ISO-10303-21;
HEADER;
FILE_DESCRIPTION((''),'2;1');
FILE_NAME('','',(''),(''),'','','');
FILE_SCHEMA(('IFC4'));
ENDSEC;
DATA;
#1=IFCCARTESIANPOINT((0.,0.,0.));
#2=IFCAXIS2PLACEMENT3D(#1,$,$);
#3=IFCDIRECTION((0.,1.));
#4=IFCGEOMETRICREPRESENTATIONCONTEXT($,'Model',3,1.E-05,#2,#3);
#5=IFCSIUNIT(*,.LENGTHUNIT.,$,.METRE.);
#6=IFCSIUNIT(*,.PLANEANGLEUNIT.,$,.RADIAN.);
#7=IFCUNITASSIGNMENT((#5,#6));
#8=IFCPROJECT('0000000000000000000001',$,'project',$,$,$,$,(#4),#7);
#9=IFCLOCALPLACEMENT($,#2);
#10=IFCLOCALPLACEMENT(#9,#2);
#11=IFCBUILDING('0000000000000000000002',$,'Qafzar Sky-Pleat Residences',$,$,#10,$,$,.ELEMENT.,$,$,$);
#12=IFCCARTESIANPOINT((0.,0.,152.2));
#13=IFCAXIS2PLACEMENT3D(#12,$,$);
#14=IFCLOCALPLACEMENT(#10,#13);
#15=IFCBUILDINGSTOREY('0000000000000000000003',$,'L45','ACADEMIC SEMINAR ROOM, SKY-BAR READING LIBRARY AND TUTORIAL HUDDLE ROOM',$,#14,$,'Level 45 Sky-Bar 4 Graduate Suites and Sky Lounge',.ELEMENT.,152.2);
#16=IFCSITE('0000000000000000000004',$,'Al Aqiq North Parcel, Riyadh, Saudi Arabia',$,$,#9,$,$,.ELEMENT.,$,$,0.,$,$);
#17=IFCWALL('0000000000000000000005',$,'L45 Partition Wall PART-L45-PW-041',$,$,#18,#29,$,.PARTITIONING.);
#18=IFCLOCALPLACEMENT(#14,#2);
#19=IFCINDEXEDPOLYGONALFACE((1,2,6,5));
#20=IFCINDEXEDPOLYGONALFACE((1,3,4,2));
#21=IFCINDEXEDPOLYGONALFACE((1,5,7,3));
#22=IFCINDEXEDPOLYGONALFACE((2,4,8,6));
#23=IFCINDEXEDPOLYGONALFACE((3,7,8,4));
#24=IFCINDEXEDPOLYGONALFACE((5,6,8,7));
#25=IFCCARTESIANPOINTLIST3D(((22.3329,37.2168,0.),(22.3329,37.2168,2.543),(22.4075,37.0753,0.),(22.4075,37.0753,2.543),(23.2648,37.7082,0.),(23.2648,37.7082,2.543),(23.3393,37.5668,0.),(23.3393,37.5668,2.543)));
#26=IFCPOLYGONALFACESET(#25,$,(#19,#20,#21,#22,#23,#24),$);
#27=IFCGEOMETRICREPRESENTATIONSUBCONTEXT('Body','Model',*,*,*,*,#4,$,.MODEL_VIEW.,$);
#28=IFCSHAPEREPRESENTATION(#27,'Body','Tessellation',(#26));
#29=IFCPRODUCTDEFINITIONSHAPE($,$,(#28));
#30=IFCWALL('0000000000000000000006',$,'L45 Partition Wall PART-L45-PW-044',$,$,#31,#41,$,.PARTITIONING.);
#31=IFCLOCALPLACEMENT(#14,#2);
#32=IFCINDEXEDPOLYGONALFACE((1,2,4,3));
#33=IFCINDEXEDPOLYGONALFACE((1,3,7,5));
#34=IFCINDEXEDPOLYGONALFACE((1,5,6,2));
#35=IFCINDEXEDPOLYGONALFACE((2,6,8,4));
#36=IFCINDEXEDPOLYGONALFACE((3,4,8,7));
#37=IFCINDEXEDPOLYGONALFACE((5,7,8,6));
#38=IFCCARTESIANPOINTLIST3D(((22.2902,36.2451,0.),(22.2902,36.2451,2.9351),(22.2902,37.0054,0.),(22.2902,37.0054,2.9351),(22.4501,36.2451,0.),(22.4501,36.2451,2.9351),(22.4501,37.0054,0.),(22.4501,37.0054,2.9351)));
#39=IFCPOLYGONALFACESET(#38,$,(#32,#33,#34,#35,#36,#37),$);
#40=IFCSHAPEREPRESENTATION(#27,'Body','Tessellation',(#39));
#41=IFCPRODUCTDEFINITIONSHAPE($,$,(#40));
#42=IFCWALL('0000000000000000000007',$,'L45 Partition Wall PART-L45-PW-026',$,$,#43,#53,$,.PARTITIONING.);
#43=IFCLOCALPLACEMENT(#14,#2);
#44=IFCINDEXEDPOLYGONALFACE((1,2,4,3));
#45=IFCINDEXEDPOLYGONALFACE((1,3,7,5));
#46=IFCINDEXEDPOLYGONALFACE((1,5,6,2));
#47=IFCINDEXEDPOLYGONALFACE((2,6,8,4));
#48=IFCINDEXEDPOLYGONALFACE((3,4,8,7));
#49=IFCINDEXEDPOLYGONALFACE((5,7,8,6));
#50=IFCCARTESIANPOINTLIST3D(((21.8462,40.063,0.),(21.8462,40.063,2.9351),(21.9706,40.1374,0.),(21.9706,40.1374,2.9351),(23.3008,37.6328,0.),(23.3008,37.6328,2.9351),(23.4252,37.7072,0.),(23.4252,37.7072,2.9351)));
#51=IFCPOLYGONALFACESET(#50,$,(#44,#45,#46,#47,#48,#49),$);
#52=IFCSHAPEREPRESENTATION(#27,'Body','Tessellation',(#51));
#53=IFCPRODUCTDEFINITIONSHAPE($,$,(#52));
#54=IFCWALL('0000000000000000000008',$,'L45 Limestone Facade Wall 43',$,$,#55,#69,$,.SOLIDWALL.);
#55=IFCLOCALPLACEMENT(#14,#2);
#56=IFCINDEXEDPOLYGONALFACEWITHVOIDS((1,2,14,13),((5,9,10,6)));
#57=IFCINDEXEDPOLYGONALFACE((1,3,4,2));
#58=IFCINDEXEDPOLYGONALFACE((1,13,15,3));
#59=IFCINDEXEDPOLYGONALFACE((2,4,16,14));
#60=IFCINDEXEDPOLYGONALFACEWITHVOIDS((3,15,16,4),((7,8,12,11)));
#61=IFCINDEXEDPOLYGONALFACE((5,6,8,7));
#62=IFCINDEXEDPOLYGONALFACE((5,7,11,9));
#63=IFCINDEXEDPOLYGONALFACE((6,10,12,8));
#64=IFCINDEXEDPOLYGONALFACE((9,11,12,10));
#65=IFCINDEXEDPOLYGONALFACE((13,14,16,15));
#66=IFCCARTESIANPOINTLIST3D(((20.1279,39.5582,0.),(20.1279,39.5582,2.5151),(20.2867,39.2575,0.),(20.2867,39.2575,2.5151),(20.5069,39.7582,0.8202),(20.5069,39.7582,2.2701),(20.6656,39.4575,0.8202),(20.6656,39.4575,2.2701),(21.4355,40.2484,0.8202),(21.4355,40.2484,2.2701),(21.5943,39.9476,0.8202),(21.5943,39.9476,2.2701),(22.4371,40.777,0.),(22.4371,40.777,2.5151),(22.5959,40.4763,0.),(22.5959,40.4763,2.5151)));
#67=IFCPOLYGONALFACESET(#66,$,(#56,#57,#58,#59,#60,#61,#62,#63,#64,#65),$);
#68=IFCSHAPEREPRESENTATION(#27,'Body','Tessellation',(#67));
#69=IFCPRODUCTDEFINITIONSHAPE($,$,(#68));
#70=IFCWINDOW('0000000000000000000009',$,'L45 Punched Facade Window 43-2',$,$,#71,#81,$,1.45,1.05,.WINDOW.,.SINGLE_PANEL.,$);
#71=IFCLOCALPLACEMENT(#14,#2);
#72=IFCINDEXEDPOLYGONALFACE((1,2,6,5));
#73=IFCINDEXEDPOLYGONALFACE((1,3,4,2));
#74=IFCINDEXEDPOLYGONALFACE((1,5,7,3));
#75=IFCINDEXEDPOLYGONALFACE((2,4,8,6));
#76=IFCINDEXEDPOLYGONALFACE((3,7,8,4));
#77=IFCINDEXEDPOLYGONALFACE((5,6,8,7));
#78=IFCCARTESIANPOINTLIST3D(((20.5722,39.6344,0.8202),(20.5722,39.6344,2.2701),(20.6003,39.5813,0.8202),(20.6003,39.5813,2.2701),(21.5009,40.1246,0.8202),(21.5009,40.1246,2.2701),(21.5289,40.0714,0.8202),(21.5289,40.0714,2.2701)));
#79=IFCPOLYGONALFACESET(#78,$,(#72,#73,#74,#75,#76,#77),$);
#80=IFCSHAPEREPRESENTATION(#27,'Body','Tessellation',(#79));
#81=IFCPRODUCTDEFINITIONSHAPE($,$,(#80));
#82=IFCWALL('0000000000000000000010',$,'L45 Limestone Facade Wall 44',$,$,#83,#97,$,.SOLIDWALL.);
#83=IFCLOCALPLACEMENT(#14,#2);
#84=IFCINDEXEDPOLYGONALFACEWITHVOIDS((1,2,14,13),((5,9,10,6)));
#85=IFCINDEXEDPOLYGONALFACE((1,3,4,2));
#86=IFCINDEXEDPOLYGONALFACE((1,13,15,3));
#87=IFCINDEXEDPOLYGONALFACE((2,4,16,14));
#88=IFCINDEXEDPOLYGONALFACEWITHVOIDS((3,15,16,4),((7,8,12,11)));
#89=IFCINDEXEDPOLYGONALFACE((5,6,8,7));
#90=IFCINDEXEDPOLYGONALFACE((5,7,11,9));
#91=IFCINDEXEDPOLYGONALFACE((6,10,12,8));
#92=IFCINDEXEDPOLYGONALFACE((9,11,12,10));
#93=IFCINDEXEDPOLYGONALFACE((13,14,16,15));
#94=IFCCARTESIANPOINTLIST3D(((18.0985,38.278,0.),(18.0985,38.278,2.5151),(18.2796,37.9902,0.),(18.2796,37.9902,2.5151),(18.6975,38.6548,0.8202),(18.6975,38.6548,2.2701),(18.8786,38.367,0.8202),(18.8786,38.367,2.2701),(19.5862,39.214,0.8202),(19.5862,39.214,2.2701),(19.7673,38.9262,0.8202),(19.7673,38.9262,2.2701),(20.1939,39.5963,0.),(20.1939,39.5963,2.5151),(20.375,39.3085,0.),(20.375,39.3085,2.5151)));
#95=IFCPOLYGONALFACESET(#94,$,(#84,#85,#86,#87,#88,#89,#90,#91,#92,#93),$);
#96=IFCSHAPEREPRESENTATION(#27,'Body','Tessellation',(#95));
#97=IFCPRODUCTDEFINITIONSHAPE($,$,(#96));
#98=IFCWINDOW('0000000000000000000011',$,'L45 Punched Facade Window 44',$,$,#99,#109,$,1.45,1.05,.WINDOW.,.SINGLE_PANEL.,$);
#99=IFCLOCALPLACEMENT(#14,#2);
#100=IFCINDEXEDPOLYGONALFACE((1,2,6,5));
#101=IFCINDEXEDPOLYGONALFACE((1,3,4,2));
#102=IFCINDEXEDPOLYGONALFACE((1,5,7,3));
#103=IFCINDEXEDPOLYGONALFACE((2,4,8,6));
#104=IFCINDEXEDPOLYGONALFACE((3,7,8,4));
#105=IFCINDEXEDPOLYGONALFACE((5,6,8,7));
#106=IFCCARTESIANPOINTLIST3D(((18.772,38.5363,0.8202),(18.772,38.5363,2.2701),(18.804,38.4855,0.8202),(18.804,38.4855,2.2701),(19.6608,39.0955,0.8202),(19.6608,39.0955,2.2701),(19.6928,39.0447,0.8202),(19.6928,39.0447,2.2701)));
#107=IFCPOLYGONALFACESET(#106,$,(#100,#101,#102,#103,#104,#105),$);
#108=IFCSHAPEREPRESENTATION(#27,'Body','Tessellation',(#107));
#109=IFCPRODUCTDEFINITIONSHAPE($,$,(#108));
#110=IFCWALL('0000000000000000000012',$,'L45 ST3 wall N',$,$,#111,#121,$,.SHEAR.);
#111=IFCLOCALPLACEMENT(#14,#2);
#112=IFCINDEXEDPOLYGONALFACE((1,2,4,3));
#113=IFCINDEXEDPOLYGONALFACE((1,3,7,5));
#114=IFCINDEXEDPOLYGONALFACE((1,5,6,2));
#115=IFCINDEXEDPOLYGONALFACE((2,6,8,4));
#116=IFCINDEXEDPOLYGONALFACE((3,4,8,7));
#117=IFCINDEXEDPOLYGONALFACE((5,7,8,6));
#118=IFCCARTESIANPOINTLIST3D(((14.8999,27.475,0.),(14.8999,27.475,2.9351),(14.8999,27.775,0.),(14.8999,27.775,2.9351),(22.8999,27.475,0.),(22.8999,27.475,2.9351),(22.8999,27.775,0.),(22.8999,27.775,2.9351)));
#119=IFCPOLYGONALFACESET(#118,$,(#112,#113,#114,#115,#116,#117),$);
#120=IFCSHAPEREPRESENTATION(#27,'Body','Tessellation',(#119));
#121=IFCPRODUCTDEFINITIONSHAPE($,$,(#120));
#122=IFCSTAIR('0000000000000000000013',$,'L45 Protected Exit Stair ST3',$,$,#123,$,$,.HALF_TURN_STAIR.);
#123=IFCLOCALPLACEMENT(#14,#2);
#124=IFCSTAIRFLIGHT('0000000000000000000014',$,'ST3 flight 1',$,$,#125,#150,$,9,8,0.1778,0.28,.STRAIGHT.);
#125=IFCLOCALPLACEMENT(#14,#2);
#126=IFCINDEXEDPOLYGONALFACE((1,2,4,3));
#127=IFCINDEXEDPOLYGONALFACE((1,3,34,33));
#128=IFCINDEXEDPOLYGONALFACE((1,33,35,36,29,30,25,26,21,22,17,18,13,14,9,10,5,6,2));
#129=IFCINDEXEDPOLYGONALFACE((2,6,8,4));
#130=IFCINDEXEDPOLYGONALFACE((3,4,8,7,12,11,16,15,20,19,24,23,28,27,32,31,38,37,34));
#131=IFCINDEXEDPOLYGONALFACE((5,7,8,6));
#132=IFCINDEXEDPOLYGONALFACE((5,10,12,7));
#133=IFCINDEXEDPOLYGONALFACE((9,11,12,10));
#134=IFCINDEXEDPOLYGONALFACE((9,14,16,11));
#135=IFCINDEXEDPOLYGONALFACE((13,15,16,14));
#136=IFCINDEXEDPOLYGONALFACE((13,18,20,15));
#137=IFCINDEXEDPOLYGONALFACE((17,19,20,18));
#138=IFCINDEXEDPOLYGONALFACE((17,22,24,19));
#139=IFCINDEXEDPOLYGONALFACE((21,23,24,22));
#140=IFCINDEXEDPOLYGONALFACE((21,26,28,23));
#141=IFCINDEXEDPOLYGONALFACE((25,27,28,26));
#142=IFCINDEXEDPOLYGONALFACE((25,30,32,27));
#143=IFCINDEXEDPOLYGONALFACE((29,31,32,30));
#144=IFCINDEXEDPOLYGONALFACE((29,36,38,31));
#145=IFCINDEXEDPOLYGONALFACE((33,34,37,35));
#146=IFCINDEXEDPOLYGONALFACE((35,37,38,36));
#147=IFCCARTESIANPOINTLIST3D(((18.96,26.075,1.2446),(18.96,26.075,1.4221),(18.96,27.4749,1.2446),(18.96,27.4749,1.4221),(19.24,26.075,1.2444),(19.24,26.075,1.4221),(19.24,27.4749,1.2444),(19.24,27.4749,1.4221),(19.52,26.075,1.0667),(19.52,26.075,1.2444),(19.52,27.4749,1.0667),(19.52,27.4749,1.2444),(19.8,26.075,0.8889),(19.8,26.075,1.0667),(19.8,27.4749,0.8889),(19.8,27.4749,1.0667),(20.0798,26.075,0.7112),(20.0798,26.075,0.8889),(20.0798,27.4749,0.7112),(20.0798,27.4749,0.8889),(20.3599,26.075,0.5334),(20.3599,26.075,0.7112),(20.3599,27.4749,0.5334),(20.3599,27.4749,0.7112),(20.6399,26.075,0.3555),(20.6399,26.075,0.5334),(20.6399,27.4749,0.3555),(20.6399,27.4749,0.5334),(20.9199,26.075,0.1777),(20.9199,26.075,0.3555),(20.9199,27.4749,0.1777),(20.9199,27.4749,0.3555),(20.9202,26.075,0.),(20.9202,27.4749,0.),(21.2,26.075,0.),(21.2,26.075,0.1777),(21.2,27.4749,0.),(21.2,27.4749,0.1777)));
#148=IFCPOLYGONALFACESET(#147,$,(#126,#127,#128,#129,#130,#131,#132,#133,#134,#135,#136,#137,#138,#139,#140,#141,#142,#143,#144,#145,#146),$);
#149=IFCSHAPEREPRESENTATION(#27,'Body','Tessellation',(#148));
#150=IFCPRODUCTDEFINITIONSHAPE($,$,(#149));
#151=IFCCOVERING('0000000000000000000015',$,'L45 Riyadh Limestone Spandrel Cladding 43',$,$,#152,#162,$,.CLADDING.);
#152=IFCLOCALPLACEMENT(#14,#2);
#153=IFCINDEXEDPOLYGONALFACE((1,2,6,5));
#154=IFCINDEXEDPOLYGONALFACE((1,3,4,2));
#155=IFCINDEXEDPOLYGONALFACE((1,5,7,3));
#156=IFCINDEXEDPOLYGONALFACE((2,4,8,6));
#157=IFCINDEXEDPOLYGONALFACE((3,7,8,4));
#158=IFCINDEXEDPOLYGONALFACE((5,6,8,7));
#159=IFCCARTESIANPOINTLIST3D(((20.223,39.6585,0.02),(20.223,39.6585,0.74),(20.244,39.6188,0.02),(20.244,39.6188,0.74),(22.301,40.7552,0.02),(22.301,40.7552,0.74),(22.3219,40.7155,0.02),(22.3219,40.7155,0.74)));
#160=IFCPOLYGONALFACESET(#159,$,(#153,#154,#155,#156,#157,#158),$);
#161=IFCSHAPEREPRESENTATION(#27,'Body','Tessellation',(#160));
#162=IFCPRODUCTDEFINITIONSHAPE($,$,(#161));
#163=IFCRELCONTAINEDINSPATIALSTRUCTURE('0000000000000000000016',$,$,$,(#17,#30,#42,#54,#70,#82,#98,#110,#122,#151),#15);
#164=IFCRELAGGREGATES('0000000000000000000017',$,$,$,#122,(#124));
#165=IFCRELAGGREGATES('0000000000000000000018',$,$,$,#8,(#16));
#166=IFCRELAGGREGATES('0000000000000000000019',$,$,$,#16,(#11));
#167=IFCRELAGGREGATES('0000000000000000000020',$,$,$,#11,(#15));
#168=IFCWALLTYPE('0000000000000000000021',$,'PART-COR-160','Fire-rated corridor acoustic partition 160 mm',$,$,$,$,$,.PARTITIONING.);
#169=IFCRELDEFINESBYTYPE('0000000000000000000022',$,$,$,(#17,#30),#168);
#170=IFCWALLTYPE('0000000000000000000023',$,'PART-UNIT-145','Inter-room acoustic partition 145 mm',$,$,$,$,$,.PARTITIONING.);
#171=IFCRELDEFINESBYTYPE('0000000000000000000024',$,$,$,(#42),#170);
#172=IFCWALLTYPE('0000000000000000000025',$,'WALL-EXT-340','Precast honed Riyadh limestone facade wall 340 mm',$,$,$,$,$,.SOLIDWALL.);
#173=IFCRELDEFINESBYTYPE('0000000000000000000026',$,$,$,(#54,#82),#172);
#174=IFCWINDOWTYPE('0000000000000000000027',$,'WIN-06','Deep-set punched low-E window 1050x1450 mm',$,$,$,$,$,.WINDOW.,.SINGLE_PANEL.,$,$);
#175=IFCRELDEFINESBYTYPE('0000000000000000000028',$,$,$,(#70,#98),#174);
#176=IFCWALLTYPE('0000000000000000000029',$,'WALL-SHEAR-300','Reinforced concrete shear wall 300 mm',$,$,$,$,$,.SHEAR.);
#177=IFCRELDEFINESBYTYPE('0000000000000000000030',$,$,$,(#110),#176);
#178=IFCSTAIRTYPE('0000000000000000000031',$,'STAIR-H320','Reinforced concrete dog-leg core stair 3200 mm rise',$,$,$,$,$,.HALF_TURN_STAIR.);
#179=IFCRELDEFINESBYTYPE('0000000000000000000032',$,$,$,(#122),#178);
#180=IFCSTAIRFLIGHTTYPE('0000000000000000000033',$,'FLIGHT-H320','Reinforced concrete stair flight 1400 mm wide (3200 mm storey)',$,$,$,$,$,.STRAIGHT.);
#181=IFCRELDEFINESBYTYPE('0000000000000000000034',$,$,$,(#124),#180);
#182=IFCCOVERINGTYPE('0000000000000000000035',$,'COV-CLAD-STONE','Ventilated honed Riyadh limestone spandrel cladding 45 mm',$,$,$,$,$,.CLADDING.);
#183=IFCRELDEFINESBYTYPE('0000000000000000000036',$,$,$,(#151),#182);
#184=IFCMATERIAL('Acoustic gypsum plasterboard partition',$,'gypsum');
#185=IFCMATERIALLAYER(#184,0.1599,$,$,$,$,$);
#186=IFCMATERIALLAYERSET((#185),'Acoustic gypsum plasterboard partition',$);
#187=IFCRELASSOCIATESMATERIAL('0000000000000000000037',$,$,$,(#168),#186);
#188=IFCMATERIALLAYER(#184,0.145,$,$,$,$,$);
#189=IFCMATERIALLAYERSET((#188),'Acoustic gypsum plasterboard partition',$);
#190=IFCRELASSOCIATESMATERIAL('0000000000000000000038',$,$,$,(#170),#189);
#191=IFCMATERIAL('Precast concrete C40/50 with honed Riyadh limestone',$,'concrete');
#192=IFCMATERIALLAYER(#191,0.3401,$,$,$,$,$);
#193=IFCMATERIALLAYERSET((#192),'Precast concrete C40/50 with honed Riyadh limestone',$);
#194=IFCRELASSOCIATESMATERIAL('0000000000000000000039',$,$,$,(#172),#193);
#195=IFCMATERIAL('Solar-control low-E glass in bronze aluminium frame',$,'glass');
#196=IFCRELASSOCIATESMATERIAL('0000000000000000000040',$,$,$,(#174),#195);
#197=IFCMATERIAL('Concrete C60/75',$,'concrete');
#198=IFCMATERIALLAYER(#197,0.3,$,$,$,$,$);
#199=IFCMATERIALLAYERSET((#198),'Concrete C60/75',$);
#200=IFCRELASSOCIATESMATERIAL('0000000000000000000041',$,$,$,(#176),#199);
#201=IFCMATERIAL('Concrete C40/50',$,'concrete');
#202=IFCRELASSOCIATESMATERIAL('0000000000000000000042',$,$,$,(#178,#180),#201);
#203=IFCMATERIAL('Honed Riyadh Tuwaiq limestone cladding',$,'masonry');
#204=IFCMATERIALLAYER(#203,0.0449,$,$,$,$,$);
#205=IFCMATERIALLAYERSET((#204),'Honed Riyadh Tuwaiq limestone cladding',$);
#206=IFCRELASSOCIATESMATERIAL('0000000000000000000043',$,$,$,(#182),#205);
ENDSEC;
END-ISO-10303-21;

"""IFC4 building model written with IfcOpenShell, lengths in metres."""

from ifc_helpers import new_model, si_unit, direction, frame, frame_2d, origin, origin_2d, place, context, subcontext, project, spatial, polyline, rectangle, outline, extrude, source, transform, mapped, material, layer, layer_set, type_object, element, fill, aggregate, save


model = new_model("IFC4")

# Units and contexts
model_context = context("Model", 3, precision=1e-05, world=origin(), true_north=direction((0.0, 1.0)))
body_context = subcontext(model_context, "Body", "Model", "MODEL_VIEW")
ifc_project = project(units=[si_unit("LENGTHUNIT", "METRE"), si_unit("PLANEANGLEUNIT", "RADIAN")], contexts=[model_context])

# Site, building, storey
site_placement = place(None, origin())
site = spatial("IfcSite", under=ifc_project, at=site_placement, Name="Al Aqiq North Parcel, Riyadh, Saudi Arabia", CompositionType="ELEMENT", RefElevation=0.0)
building_placement = place(site_placement, origin())
building = spatial("IfcBuilding", under=site, at=building_placement, Name="Qafzar Sky-Pleat Residences", CompositionType="ELEMENT")
storey_placement = place(building_placement, frame((0.0, 0.0, 152.2)))
storey = spatial("IfcBuildingStorey", under=building, at=storey_placement, Name="L45", Description="ACADEMIC SEMINAR ROOM, SKY-BAR READING LIBRARY AND TUTORIAL HUDDLE ROOM", LongName="Level 45 Sky-Bar 4 Graduate Suites and Sky Lounge", CompositionType="ELEMENT", Elevation=152.2)

# Shared definitions
ifc_material_1 = material(Name="Acoustic gypsum plasterboard partition", Category="gypsum")
ifc_layer_1 = layer(ifc_material_1, 0.1599)
ifc_layer_set_1 = layer_set([ifc_layer_1], Name="Acoustic gypsum plasterboard partition")
wall_type_1 = type_object("IfcWallType", Name="PART-COR-160", Description="Fire-rated corridor acoustic partition 160 mm", PredefinedType="PARTITIONING", material=ifc_layer_set_1)

# Walls
wall_1_placement = place(storey_placement, frame((22.3701, 37.146, 0.0), z_axis=(0.0, 0.0, 1.0), x_axis=(0.884531, 0.466482, 0.0)))
element("IfcWall", 1, at=wall_1_placement, inside=storey, type_object=wall_type_1, Name="L45 Partition Wall PART-L45-PW-041", PredefinedType="PARTITIONING", context=body_context, shape_type="SweptSolid", body=[
    extrude(rectangle(XDim=1.0535, YDim=0.1599, at=frame_2d((0.5269, 0.0))), origin(), (0.0, 0.0, 1.0), 2.543),
])
wall_2_placement = place(storey_placement, frame((22.3701, 36.2451, 0.0), z_axis=(0.0, 0.0, 1.0), x_axis=(0.0, 1.0, 0.0)))
element("IfcWall", 2, at=wall_2_placement, inside=storey, type_object=wall_type_1, Name="L45 Partition Wall PART-L45-PW-044", PredefinedType="PARTITIONING", context=body_context, shape_type="SweptSolid", body=[
    extrude(rectangle(XDim=0.7603, YDim=0.1599, at=frame_2d((0.3801, 0.0))), origin(), (0.0, 0.0, 1.0), 2.9351),
])
ifc_layer_2 = layer(ifc_material_1, 0.145)
ifc_layer_set_2 = layer_set([ifc_layer_2], Name="Acoustic gypsum plasterboard partition")
wall_type_2 = type_object("IfcWallType", Name="PART-UNIT-145", Description="Inter-room acoustic partition 145 mm", PredefinedType="PARTITIONING", material=ifc_layer_set_2)
wall_3_placement = place(storey_placement, frame((21.9084, 40.1001, 0.0), z_axis=(0.0, 0.0, 1.0), x_axis=(0.513583, -0.85804, 0.0)))
element("IfcWall", 3, at=wall_3_placement, inside=storey, type_object=wall_type_2, Name="L45 Partition Wall PART-L45-PW-026", PredefinedType="PARTITIONING", context=body_context, shape_type="SweptSolid", body=[
    extrude(rectangle(XDim=2.8323, YDim=0.145, at=frame_2d((1.416, 0.0))), origin(), (0.0, 0.0, 1.0), 2.9351),
])

# Walls, openings, windows
ifc_material_2 = material(Name="Precast concrete C40/50 with honed Riyadh limestone", Category="concrete")
ifc_layer_3 = layer(ifc_material_2, 0.3401)
ifc_layer_set_3 = layer_set([ifc_layer_3], Name="Precast concrete C40/50 with honed Riyadh limestone")
wall_type_3 = type_object("IfcWallType", Name="WALL-EXT-340", Description="Precast honed Riyadh limestone facade wall 340 mm", PredefinedType="SOLIDWALL", material=ifc_layer_set_3)
wall_4_placement = place(storey_placement, frame((22.5166, 40.6267, 0.0), z_axis=(0.0, 0.0, 1.0), x_axis=(-0.884374, -0.466779, 0.0)))
wall_4 = element("IfcWall", 4, at=wall_4_placement, inside=storey, type_object=wall_type_3, Name="L45 Limestone Facade Wall 43", PredefinedType="SOLIDWALL", context=body_context, shape_type="SweptSolid", body=[
    extrude(rectangle(XDim=2.6111, YDim=0.3401, at=frame_2d((1.3057, 0.0))), origin(), (0.0, 0.0, 1.0), 2.5151),
])
opening_1_placement = place(wall_4_placement, frame((1.1328, 0.0, 0.8201)))
opening_1 = element("IfcOpeningElement", 5, at=opening_1_placement, cuts=wall_4, PredefinedType="OPENING", context=body_context, shape_type="SweptSolid", body=[
    extrude(rectangle(XDim=1.05, YDim=1.45, at=frame_2d((0.5249, 0.7251))), frame((0.0, 0.1802, 0.0), z_axis=(0.0, -1.0, 0.0), x_axis=(1.0, 0.0, 0.0)), (0.0, 0.0, 1.0), 0.3601),
])
ifc_material_3 = material(Name="Solar-control low-E glass in bronze aluminium frame", Category="glass")
window_type = type_object("IfcWindowType", Name="WIN-06", Description="Deep-set punched low-E window 1050x1450 mm", PartitioningType="SINGLE_PANEL", PredefinedType="WINDOW", material=ifc_material_3)
shared_shape_1 = source(origin(), body_context, "Body", "SweptSolid", [
    extrude(rectangle(XDim=1.05, YDim=1.45, at=frame_2d((0.5249, 0.7251))), frame((0.0, 0.03, 0.0), z_axis=(0.0, -1.0, 0.0), x_axis=(1.0, 0.0, 0.0)), (0.0, 0.0, 1.0), 0.0601),
])
window_1_placement = place(opening_1_placement, origin())
window_1 = element("IfcWindow", 6, at=window_1_placement, inside=storey, type_object=window_type, Name="L45 Punched Facade Window 43-2", OverallHeight=1.45, OverallWidth=1.05, PartitioningType="SINGLE_PANEL", PredefinedType="WINDOW", context=body_context, shape_type="MappedRepresentation", body=[
    mapped(shared_shape_1, transform((0.0, 0.0, 0.0), x_axis=(1.0, 0.0, 0.0), y_axis=(0.0, 1.0, 0.0), z_axis=(0.0, 0.0, 1.0), scale=1.0)),
])
fill(opening_1, window_1)
wall_5_placement = place(storey_placement, frame((20.2844, 39.4524, 0.0), z_axis=(0.0, 0.0, 1.0), x_axis=(-0.846416, -0.532523, 0.0)))
wall_5 = element("IfcWall", 7, at=wall_5_placement, inside=storey, type_object=wall_type_3, Name="L45 Limestone Facade Wall 44", PredefinedType="SOLIDWALL", context=body_context, shape_type="SweptSolid", body=[
    extrude(rectangle(XDim=2.4756, YDim=0.3401, at=frame_2d((1.2378, 0.0))), origin(), (0.0, 0.0, 1.0), 2.5151),
])
opening_2_placement = place(wall_5_placement, frame((0.718, 0.0, 0.8201)))
opening_2 = element("IfcOpeningElement", 8, at=opening_2_placement, cuts=wall_5, PredefinedType="OPENING", context=body_context, shape_type="SweptSolid", body=[
    extrude(rectangle(XDim=1.05, YDim=1.45, at=frame_2d((0.5249, 0.7251))), frame((0.0, 0.1802, 0.0), z_axis=(0.0, -1.0, 0.0), x_axis=(1.0, 0.0, 0.0)), (0.0, 0.0, 1.0), 0.3601),
])
window_2_placement = place(opening_2_placement, origin())
window_2 = element("IfcWindow", 9, at=window_2_placement, inside=storey, type_object=window_type, Name="L45 Punched Facade Window 44", OverallHeight=1.45, OverallWidth=1.05, PartitioningType="SINGLE_PANEL", PredefinedType="WINDOW", context=body_context, shape_type="MappedRepresentation", body=[
    mapped(shared_shape_1, transform((0.0, 0.0, 0.0), x_axis=(1.0, 0.0, 0.0), y_axis=(0.0, 1.0, 0.0), z_axis=(0.0, 0.0, 1.0), scale=1.0)),
])
fill(opening_2, window_2)

# Wall
ifc_material_4 = material(Name="Concrete C60/75", Category="concrete")
ifc_layer_4 = layer(ifc_material_4, 0.3)
ifc_layer_set_4 = layer_set([ifc_layer_4], Name="Concrete C60/75")
wall_type_4 = type_object("IfcWallType", Name="WALL-SHEAR-300", Description="Reinforced concrete shear wall 300 mm", PredefinedType="SHEAR", material=ifc_layer_set_4)
wall_6_placement = place(storey_placement, frame((22.8999, 27.625, 0.0), z_axis=(0.0, 0.0, 1.0), x_axis=(-1.0, 0.0, 0.0)))
element("IfcWall", 10, at=wall_6_placement, inside=storey, type_object=wall_type_4, Name="L45 ST3 wall N", PredefinedType="SHEAR", context=body_context, shape_type="SweptSolid", body=[
    extrude(rectangle(XDim=8.0, YDim=0.3, at=frame_2d((4.0, 0.0))), origin(), (0.0, 0.0, 1.0), 2.9351),
])

# Stair, stair flight
ifc_material_5 = material(Name="Concrete C40/50", Category="concrete")
stair_type = type_object("IfcStairType", Name="STAIR-H320", Description="Reinforced concrete dog-leg core stair 3200 mm rise", PredefinedType="HALF_TURN_STAIR", material=ifc_material_5)
stair_placement = place(storey_placement, origin())
stair = element("IfcStair", 11, at=stair_placement, inside=storey, type_object=stair_type, Name="L45 Protected Exit Stair ST3", PredefinedType="HALF_TURN_STAIR")
stair_flight_type = type_object("IfcStairFlightType", Name="FLIGHT-H320", Description="Reinforced concrete stair flight 1400 mm wide (3200 mm storey)", PredefinedType="STRAIGHT", material=ifc_material_5)
shared_shape_2 = source(origin(), body_context, "Body", "SweptSolid", [
    extrude(outline(polyline([(0.0, 0.0), (0.0, 0.1777), (0.28, 0.1777), (0.28, 0.3555), (0.5601, 0.3555), (0.5601, 0.5334), (0.8401, 0.5334), (0.8401, 0.7112), (1.1201, 0.7112), (1.1201, 0.8889), (1.3999, 0.8889), (1.3999, 1.0667), (1.6799, 1.0667), (1.6799, 1.2444), (1.96, 1.2444), (1.96, 1.4221), (2.24, 1.4221), (2.24, 1.6001), (2.24, 1.2446), (0.2798, 0.0), (0.0, 0.0)])), frame((0.0, 0.7, 0.0), z_axis=(0.0, -1.0, 0.0), x_axis=(1.0, 0.0, 0.0)), (0.0, 0.0, 1.0), 1.3999),
])
stair_flight_placement = place(storey_placement, frame((21.2, 26.7749, 0.0), z_axis=(0.0, 0.0, 1.0), x_axis=(-1.0, 0.0, 0.0)))
stair_flight = element("IfcStairFlight", 12, at=stair_flight_placement, type_object=stair_flight_type, Name="ST3 flight 1", NumberOfRisers=9, NumberOfTreads=8, PredefinedType="STRAIGHT", RiserHeight=0.1778, TreadLength=0.28, context=body_context, shape_type="MappedRepresentation", body=[
    mapped(shared_shape_2, transform((0.0, 0.0, 0.0), x_axis=(1.0, 0.0, 0.0), y_axis=(0.0, 1.0, 0.0), z_axis=(0.0, 0.0, 1.0), scale=1.0)),
])
aggregate(stair, [stair_flight])

# Covering
ifc_material_6 = material(Name="Honed Riyadh Tuwaiq limestone cladding", Category="masonry")
ifc_layer_5 = layer(ifc_material_6, 0.0449)
ifc_layer_set_5 = layer_set([ifc_layer_5], Name="Honed Riyadh Tuwaiq limestone cladding")
covering_type = type_object("IfcCoveringType", Name="COV-CLAD-STONE", Description="Ventilated honed Riyadh limestone spandrel cladding 45 mm", PredefinedType="CLADDING", material=ifc_layer_set_5)
shared_shape_3 = source(origin(), body_context, "Body", "SweptSolid", [
    extrude(rectangle(XDim=2.3496, YDim=0.0449, at=origin_2d()), origin(), (0.0, 0.0, 1.0), 0.72),
])
covering_placement = place(storey_placement, frame((21.2725, 40.187, 0.02), z_axis=(0.0, 0.0, 1.0), x_axis=(-0.884391, -0.466747, 0.0)))
element("IfcCovering", 13, at=covering_placement, inside=storey, type_object=covering_type, Name="L45 Riyadh Limestone Spandrel Cladding 43", PredefinedType="CLADDING", context=body_context, shape_type="MappedRepresentation", body=[
    mapped(shared_shape_3, transform((0.0, 0.0, 0.0), x_axis=(1.0, 0.0, 0.0), y_axis=(0.0, 1.0, 0.0), z_axis=(0.0, 0.0, 1.0), scale=1.0)),
])

save(model, "model.ifc")
